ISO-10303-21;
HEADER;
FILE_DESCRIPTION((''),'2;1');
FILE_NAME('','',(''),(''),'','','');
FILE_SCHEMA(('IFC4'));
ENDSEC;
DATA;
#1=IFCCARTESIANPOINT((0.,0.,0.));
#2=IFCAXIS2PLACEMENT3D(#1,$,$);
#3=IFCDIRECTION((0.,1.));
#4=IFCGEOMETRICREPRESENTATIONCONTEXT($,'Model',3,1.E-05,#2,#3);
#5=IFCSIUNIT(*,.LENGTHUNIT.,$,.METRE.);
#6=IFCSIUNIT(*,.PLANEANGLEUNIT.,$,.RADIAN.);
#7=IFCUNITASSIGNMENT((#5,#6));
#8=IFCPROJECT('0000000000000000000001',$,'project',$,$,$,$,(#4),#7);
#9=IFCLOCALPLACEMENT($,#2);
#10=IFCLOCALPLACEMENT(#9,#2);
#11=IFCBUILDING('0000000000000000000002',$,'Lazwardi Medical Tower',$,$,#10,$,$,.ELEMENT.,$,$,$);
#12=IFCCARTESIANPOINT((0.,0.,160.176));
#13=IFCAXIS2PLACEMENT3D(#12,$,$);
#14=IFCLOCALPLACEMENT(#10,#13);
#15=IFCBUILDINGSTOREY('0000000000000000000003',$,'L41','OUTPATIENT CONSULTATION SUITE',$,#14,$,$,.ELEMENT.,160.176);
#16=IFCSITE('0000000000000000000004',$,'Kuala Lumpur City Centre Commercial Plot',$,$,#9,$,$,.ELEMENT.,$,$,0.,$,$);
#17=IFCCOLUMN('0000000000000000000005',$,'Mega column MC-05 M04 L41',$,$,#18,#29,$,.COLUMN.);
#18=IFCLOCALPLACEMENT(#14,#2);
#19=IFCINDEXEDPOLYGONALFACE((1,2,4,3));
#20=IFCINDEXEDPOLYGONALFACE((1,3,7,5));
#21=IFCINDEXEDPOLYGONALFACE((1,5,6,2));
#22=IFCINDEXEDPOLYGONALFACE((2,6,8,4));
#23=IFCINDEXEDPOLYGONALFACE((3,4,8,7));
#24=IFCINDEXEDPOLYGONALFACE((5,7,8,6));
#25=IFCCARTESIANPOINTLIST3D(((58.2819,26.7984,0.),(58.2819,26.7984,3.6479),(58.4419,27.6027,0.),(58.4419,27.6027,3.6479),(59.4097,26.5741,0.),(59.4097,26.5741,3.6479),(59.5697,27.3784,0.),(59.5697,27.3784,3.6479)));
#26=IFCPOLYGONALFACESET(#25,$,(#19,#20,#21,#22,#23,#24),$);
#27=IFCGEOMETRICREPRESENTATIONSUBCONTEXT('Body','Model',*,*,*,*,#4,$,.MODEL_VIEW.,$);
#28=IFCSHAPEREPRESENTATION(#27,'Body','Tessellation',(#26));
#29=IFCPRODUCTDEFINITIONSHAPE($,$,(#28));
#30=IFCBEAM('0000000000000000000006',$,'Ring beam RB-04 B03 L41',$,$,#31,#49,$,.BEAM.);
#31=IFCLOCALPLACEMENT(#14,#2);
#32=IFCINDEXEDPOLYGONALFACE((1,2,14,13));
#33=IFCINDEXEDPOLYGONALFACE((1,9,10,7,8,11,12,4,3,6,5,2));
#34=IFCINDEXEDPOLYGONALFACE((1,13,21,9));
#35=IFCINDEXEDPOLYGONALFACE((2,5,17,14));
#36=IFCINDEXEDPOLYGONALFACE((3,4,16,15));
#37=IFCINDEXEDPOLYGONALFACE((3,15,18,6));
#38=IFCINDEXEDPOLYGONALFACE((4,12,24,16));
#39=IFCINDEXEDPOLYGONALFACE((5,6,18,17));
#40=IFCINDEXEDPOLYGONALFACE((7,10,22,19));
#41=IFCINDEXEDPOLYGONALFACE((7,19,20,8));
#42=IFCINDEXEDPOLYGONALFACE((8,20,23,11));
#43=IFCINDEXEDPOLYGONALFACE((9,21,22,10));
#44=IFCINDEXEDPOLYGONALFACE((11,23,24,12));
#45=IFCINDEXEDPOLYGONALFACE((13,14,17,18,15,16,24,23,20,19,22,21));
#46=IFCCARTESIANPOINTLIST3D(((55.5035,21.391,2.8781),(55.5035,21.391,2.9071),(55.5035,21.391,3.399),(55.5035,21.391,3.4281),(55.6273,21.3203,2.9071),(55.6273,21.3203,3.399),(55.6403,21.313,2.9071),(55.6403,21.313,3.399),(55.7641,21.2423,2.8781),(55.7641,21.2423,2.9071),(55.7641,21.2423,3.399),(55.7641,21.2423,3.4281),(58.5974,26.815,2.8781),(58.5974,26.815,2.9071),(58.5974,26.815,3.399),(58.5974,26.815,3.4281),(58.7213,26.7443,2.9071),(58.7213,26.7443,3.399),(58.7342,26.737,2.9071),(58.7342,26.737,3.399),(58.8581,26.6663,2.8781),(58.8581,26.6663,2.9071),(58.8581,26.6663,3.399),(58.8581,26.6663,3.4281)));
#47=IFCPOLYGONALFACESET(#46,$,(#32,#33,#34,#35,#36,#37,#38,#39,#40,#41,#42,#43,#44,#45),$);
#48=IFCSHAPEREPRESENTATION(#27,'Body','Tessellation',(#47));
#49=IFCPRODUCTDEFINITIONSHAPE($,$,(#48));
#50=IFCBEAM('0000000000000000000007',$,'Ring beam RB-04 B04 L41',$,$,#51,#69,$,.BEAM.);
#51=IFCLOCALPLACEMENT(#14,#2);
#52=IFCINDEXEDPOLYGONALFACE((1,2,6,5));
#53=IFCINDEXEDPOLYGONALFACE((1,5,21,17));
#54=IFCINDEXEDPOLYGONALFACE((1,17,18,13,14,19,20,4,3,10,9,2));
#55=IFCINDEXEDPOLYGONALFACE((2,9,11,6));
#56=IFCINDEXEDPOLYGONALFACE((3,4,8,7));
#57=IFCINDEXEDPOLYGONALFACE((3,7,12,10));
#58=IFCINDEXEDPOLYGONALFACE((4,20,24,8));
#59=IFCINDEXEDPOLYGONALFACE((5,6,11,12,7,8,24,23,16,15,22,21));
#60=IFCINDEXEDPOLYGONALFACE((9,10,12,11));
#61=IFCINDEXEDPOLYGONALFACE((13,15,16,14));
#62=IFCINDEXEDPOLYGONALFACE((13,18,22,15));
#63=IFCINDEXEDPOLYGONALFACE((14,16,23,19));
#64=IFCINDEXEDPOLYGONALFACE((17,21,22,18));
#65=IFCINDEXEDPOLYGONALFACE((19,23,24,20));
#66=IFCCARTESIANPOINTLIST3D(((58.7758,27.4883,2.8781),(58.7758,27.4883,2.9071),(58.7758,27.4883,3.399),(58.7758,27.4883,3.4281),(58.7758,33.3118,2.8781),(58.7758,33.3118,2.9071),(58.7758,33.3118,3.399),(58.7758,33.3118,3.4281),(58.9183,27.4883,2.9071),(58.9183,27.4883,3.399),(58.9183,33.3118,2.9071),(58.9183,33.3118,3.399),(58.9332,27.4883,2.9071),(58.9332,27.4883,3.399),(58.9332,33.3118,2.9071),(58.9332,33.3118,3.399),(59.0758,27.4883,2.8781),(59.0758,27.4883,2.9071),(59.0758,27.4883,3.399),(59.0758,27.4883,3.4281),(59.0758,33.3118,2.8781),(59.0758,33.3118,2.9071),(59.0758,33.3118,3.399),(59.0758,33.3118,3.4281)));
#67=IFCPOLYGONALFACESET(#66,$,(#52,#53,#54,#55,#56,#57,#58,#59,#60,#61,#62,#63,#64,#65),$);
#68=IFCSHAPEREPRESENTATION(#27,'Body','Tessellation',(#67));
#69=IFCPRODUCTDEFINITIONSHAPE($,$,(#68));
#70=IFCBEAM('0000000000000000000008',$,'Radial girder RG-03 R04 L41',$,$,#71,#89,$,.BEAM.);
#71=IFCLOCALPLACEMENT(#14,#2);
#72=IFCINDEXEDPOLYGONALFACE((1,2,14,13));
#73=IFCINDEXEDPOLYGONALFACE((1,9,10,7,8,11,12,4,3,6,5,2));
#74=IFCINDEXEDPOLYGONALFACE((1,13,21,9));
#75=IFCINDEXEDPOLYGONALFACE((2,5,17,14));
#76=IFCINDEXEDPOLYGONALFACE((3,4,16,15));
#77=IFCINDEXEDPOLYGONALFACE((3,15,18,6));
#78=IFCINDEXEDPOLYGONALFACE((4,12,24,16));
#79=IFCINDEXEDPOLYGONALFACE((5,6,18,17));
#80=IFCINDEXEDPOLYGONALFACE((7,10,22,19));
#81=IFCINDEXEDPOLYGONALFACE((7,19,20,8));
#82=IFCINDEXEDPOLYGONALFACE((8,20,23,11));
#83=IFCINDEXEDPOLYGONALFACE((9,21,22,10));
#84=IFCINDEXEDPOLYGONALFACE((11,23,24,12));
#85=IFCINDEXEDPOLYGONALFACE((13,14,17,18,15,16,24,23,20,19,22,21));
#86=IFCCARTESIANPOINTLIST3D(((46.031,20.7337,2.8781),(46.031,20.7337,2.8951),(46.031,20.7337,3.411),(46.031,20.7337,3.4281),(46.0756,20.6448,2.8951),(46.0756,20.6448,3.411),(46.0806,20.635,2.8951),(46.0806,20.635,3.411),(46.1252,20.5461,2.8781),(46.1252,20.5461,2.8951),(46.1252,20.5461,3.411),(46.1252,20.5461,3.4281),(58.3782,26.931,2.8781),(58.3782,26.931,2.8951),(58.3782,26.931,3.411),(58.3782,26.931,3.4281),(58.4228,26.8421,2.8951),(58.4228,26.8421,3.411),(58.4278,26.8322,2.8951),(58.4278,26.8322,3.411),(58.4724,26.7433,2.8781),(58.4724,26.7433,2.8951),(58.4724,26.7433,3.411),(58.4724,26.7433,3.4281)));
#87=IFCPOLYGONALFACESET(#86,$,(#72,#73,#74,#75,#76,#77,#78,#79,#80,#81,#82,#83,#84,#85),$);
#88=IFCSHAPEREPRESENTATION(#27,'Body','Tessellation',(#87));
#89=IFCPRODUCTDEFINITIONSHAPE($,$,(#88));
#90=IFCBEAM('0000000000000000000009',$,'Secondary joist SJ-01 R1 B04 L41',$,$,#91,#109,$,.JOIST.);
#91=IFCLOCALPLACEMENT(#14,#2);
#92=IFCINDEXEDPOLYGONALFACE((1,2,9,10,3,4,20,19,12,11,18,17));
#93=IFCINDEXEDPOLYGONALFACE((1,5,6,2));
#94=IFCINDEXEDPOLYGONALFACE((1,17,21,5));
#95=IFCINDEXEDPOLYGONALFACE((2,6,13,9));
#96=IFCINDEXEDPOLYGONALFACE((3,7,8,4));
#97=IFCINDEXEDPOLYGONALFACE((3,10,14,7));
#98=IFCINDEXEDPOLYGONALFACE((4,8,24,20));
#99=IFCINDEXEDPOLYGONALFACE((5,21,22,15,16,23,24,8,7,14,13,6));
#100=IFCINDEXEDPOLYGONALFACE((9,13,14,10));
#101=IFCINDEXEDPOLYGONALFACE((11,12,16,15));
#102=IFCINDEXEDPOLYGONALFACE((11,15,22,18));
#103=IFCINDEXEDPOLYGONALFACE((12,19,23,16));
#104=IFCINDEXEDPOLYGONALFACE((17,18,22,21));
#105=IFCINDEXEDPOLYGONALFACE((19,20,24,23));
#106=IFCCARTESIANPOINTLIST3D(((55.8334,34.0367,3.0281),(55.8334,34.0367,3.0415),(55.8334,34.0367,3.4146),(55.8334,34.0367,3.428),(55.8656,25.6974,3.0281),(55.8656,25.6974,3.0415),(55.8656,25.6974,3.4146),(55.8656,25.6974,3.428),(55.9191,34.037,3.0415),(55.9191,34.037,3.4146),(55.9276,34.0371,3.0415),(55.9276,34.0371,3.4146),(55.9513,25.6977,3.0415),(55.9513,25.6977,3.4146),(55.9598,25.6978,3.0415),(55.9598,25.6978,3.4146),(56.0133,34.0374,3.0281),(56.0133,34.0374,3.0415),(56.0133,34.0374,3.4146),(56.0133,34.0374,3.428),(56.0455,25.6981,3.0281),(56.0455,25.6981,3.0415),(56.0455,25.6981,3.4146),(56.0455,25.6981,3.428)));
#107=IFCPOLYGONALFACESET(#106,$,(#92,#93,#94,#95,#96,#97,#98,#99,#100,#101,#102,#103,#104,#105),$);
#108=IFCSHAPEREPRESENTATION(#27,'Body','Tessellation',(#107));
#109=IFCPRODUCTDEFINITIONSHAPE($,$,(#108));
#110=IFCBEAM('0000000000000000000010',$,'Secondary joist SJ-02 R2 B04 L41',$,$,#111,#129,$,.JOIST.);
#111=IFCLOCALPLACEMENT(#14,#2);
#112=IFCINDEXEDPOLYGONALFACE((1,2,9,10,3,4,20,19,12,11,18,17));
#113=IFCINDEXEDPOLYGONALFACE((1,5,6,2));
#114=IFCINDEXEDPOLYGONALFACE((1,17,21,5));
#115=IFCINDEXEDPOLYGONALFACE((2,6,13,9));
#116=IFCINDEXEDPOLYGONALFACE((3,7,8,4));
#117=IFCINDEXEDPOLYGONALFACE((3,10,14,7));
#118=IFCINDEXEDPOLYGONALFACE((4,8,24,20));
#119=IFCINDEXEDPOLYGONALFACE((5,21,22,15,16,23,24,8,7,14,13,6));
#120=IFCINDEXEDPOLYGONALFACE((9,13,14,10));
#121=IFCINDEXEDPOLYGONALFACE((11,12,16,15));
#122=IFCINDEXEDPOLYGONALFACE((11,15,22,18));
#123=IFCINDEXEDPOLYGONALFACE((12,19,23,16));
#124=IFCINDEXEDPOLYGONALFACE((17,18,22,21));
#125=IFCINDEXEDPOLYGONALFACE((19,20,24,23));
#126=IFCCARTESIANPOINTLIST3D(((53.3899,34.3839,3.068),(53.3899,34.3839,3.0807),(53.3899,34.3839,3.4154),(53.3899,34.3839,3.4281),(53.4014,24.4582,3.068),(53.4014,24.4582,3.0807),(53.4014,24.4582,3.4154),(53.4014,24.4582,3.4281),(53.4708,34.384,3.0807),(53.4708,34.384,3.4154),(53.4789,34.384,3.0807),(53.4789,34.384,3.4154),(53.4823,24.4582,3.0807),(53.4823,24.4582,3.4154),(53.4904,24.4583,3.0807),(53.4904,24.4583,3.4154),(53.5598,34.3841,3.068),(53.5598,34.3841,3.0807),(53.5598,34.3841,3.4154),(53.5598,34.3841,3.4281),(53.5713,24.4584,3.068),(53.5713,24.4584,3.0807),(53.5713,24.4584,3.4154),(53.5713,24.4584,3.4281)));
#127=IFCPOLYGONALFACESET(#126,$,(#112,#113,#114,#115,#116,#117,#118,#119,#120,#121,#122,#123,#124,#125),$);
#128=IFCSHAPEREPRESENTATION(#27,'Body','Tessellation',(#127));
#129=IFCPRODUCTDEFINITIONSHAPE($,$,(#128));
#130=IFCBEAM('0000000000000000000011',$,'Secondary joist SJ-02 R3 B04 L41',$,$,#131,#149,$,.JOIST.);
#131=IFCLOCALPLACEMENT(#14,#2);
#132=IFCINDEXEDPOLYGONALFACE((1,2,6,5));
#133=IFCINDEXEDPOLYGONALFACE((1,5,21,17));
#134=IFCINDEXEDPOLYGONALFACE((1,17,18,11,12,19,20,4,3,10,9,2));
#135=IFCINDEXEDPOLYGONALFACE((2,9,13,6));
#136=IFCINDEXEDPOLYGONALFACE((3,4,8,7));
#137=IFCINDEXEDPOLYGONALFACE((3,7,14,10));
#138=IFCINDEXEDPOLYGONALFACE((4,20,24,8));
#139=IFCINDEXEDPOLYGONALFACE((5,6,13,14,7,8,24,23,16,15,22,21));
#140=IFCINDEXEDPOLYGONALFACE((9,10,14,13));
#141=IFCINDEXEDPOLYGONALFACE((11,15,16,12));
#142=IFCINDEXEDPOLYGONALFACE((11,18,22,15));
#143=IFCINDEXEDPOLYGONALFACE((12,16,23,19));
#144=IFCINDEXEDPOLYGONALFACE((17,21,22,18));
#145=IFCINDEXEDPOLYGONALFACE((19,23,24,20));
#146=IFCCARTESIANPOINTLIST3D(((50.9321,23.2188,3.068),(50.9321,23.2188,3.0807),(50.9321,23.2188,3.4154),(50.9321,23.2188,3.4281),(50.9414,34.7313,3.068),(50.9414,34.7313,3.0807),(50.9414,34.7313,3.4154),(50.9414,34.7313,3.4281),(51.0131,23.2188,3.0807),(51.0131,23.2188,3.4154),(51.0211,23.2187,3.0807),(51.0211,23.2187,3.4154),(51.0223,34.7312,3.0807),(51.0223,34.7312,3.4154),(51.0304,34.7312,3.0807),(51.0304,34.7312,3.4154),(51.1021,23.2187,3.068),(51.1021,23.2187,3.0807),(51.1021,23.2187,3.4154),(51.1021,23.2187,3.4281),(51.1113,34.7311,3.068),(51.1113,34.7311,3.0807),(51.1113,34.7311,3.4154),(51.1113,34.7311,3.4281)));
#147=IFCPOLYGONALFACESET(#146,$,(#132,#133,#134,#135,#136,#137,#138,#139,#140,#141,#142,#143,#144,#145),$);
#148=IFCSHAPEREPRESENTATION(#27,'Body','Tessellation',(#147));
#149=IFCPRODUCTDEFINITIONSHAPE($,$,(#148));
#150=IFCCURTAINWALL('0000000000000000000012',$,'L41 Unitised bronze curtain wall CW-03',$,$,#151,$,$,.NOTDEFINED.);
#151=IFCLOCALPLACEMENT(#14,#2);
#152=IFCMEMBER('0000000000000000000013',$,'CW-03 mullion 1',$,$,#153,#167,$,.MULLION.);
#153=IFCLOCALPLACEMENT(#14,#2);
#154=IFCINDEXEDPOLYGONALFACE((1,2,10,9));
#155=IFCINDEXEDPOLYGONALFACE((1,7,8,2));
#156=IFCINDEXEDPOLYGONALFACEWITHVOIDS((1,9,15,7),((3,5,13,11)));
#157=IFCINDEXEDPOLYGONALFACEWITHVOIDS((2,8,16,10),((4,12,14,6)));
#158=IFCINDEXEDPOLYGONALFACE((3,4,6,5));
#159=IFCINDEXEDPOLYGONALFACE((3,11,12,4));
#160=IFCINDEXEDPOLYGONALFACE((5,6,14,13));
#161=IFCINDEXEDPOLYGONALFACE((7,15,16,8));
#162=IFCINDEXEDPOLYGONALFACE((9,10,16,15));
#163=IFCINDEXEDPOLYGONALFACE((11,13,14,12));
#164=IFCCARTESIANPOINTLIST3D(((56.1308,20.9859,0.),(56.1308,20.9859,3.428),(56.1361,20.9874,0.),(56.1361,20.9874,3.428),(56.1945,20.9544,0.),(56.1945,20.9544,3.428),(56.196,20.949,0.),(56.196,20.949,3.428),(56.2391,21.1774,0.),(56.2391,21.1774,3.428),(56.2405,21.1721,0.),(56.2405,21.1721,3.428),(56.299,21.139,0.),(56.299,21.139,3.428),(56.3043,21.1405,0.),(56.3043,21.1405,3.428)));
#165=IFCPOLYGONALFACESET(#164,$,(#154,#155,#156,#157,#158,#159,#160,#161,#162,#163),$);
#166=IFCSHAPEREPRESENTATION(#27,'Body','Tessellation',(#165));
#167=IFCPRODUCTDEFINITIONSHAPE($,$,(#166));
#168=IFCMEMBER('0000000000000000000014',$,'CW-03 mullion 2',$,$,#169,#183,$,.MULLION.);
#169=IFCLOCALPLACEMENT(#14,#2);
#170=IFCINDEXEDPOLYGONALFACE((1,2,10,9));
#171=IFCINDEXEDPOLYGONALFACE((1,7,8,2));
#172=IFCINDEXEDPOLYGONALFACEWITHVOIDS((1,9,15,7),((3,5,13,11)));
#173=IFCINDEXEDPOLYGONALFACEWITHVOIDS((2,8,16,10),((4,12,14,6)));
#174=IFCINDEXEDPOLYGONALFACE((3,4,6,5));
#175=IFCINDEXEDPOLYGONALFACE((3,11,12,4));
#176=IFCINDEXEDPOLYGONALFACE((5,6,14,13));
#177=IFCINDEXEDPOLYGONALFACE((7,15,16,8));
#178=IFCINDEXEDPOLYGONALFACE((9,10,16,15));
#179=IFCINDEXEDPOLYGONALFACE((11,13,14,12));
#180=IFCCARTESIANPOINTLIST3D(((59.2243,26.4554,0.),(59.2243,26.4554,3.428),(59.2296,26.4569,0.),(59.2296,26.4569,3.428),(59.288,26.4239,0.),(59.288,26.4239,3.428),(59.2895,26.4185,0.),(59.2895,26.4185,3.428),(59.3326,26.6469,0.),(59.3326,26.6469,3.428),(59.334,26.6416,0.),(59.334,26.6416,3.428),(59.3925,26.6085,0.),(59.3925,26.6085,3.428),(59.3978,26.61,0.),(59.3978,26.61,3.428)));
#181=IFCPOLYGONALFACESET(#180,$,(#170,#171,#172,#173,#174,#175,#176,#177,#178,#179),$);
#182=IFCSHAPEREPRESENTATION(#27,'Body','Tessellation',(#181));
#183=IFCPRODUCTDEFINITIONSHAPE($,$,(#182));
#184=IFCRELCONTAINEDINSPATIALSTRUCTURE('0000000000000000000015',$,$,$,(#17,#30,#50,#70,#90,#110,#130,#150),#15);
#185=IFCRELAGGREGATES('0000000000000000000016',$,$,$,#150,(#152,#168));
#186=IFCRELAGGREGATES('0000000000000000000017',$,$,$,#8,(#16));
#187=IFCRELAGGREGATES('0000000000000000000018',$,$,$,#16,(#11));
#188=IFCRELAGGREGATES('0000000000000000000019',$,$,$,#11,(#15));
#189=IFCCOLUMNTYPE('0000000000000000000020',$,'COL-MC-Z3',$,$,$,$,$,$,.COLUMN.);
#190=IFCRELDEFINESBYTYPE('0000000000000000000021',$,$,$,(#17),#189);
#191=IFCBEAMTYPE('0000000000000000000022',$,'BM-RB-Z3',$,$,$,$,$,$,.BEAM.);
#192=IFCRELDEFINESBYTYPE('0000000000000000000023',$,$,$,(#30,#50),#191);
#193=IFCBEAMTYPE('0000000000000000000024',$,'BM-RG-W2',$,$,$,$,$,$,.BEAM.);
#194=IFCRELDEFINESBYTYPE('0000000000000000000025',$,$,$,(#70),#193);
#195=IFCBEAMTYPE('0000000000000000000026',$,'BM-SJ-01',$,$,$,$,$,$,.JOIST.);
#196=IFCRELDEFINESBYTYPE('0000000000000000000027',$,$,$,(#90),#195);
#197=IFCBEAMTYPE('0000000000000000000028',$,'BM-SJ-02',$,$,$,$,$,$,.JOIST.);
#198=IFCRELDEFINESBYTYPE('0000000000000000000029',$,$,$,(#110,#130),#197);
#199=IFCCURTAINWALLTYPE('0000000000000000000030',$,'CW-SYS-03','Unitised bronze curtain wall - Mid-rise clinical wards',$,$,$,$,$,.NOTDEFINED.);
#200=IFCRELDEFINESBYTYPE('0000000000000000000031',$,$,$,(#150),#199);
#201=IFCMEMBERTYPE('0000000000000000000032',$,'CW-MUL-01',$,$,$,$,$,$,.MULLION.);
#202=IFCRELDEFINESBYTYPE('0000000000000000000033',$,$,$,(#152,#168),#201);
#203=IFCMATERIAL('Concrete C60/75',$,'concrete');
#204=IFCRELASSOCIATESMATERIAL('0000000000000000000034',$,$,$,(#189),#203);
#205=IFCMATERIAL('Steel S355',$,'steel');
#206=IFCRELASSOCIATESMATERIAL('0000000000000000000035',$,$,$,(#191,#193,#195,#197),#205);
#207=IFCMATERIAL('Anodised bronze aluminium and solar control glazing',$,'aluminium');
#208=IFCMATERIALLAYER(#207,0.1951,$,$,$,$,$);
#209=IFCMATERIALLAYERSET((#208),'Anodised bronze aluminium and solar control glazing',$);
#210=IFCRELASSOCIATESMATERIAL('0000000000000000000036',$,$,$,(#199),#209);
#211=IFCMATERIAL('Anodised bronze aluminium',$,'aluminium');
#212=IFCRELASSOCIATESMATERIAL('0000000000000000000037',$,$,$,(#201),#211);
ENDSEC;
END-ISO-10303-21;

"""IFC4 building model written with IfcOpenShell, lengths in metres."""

from ifc_helpers import new_model, si_unit, direction, frame, origin, origin_2d, place, context, subcontext, project, spatial, rectangle, hollow_rectangle, i_section, extrude, material, layer, layer_set, material_profile, profile_set, type_object, element, aggregate, save


model = new_model("IFC4")

# Units and contexts
model_context = context("Model", 3, precision=1e-05, world=origin(), true_north=direction((0.0, 1.0)))
body_context = subcontext(model_context, "Body", "Model", "MODEL_VIEW")
ifc_project = project(units=[si_unit("LENGTHUNIT", "METRE"), si_unit("PLANEANGLEUNIT", "RADIAN")], contexts=[model_context])

# Site, building, storey
site_placement = place(None, origin())
site = spatial("IfcSite", under=ifc_project, at=site_placement, Name="Kuala Lumpur City Centre Commercial Plot", CompositionType="ELEMENT", RefElevation=0.0)
building_placement = place(site_placement, origin())
building = spatial("IfcBuilding", under=site, at=building_placement, Name="Lazwardi Medical Tower", CompositionType="ELEMENT")
storey_placement = place(building_placement, frame((0.0, 0.0, 160.176)))
storey = spatial("IfcBuildingStorey", under=building, at=storey_placement, Name="L41", Description="OUTPATIENT CONSULTATION SUITE", CompositionType="ELEMENT", Elevation=160.176)

# Column
ifc_material_1 = material(Name="Concrete C60/75", Category="concrete")
ifc_material_profile_1 = material_profile(ifc_material_1, rectangle(XDim=1.1499, YDim=0.8201, at=origin_2d()), Name="CFT-RECT 1150x820")
ifc_profile_set_1 = profile_set([ifc_material_profile_1], Name="Concrete C60/75")
column_type = type_object("IfcColumnType", Name="COL-MC-Z3", PredefinedType="COLUMN", material=ifc_profile_set_1)
column_placement = place(storey_placement, frame((58.9258, 27.0884, 0.0), z_axis=(0.0, 0.0, 1.0), x_axis=(0.980785, -0.19509, 0.0)))
element("IfcColumn", 1, at=column_placement, inside=storey, type_object=column_type, Name="Mega column MC-05 M04 L41", PredefinedType="COLUMN", context=body_context, shape_type="SweptSolid", body=[
    extrude(rectangle(XDim=1.1499, YDim=0.8201, at=origin_2d()), origin(), (0.0, 0.0, 1.0), 3.6479),
])

# Beams
ifc_material_2 = material(Name="Steel S355", Category="steel")
ifc_material_profile_2 = material_profile(ifc_material_2, i_section(OverallWidth=0.3, OverallDepth=0.55, WebThickness=0.0149, FlangeThickness=0.0291, at=origin_2d()), Name="HEB 550")
ifc_profile_set_2 = profile_set([ifc_material_profile_2], Name="Steel S355")
beam_type_1 = type_object("IfcBeamType", Name="BM-RB-Z3", PredefinedType="BEAM", material=ifc_profile_set_2)
beam_1_placement = place(storey_placement, frame((55.6338, 21.3167, 3.1531), z_axis=(0.495478, 0.868621, 0.0), x_axis=(-0.868621, 0.495478, 0.0)))
element("IfcBeam", 2, at=beam_1_placement, inside=storey, type_object=beam_type_1, Name="Ring beam RB-04 B03 L41", PredefinedType="BEAM", context=body_context, shape_type="SweptSolid", body=[
    extrude(i_section(OverallWidth=0.3, OverallDepth=0.55, WebThickness=0.0149, FlangeThickness=0.0291, at=origin_2d()), origin(), (0.0, 0.0, 1.0), 6.2444),
])
beam_2_placement = place(storey_placement, frame((58.9258, 27.4883, 3.1531), z_axis=(0.0, 1.0, 0.0), x_axis=(-1.0, 0.0, 0.0)))
element("IfcBeam", 3, at=beam_2_placement, inside=storey, type_object=beam_type_1, Name="Ring beam RB-04 B04 L41", PredefinedType="BEAM", context=body_context, shape_type="SweptSolid", body=[
    extrude(i_section(OverallWidth=0.3, OverallDepth=0.55, WebThickness=0.0149, FlangeThickness=0.0291, at=origin_2d()), origin(), (0.0, 0.0, 1.0), 5.8235),
])
ifc_material_profile_3 = material_profile(ifc_material_2, i_section(OverallWidth=0.21, OverallDepth=0.55, WebThickness=0.011, FlangeThickness=0.0171, at=origin_2d()), Name="IPE 550")
ifc_profile_set_3 = profile_set([ifc_material_profile_3], Name="Steel S355")
beam_type_2 = type_object("IfcBeamType", Name="BM-RG-W2", PredefinedType="BEAM", material=ifc_profile_set_3)
beam_3_placement = place(storey_placement, frame((58.4253, 26.8372, 3.1531), z_axis=(-0.89374, -0.448584, 0.0), x_axis=(0.448584, -0.89374, 0.0)))
element("IfcBeam", 4, at=beam_3_placement, inside=storey, type_object=beam_type_2, Name="Radial girder RG-03 R04 L41", PredefinedType="BEAM", context=body_context, shape_type="SweptSolid", body=[
    extrude(i_section(OverallWidth=0.21, OverallDepth=0.55, WebThickness=0.011, FlangeThickness=0.0171, at=origin_2d()), origin(), (0.0, 0.0, 1.0), 13.8152),
])
ifc_material_profile_4 = material_profile(ifc_material_2, i_section(OverallWidth=0.1799, OverallDepth=0.3999, WebThickness=0.0085, FlangeThickness=0.0134, at=origin_2d()), Name="IPE 400")
ifc_profile_set_4 = profile_set([ifc_material_profile_4], Name="Steel S355")
beam_type_3 = type_object("IfcBeamType", Name="BM-SJ-01", PredefinedType="JOIST", material=ifc_profile_set_4)
beam_4_placement = place(storey_placement, frame((55.9556, 25.6978, 3.228), z_axis=(-0.003864, 0.999993, 0.0), x_axis=(-0.999993, -0.003864, 0.0)))
element("IfcBeam", 5, at=beam_4_placement, inside=storey, type_object=beam_type_3, Name="Secondary joist SJ-01 R1 B04 L41", PredefinedType="JOIST", context=body_context, shape_type="SweptSolid", body=[
    extrude(i_section(OverallWidth=0.1799, OverallDepth=0.3999, WebThickness=0.0085, FlangeThickness=0.0134, at=origin_2d()), origin(), (0.0, 0.0, 1.0), 8.3394),
])
ifc_material_profile_5 = material_profile(ifc_material_2, i_section(OverallWidth=0.1699, OverallDepth=0.3601, WebThickness=0.0081, FlangeThickness=0.0127, at=origin_2d()), Name="IPE 360")
ifc_profile_set_5 = profile_set([ifc_material_profile_5], Name="Steel S355")
beam_type_4 = type_object("IfcBeamType", Name="BM-SJ-02", PredefinedType="JOIST", material=ifc_profile_set_5)
beam_5_placement = place(storey_placement, frame((53.4863, 24.4583, 3.248), z_axis=(-0.001156, 0.999999, 0.0), x_axis=(-0.999999, -0.001156, 0.0)))
element("IfcBeam", 6, at=beam_5_placement, inside=storey, type_object=beam_type_4, Name="Secondary joist SJ-02 R2 B04 L41", PredefinedType="JOIST", context=body_context, shape_type="SweptSolid", body=[
    extrude(i_section(OverallWidth=0.1699, OverallDepth=0.3601, WebThickness=0.0081, FlangeThickness=0.0127, at=origin_2d()), origin(), (0.0, 0.0, 1.0), 9.9258),
])
beam_6_placement = place(storey_placement, frame((51.0171, 23.2188, 3.248), z_axis=(0.000806, 1.0, 0.0), x_axis=(-1.0, 0.000806, 0.0)))
element("IfcBeam", 7, at=beam_6_placement, inside=storey, type_object=beam_type_4, Name="Secondary joist SJ-02 R3 B04 L41", PredefinedType="JOIST", context=body_context, shape_type="SweptSolid", body=[
    extrude(i_section(OverallWidth=0.1699, OverallDepth=0.3601, WebThickness=0.0081, FlangeThickness=0.0127, at=origin_2d()), origin(), (0.0, 0.0, 1.0), 11.5125),
])

# Curtain wall, members
ifc_material_3 = material(Name="Anodised bronze aluminium and solar control glazing", Category="aluminium")
ifc_layer_1 = layer(ifc_material_3, 0.1951)
ifc_layer_set_1 = layer_set([ifc_layer_1], Name="Anodised bronze aluminium and solar control glazing")
curtain_wall_type = type_object("IfcCurtainWallType", Name="CW-SYS-03", Description="Unitised bronze curtain wall - Mid-rise clinical wards", PredefinedType="NOTDEFINED", material=ifc_layer_set_1)
curtain_wall_1_placement = place(storey_placement, origin())
curtain_wall_1 = element("IfcCurtainWall", 8, at=curtain_wall_1_placement, inside=storey, type_object=curtain_wall_type, Name="L41 Unitised bronze curtain wall CW-03", PredefinedType="NOTDEFINED")
ifc_material_4 = material(Name="Anodised bronze aluminium", Category="aluminium")
ifc_material_profile_6 = material_profile(ifc_material_4, hollow_rectangle(XDim=0.075, YDim=0.22, WallThickness=0.0039, at=origin_2d()), Name="ALU-MULLION 220x75x4")
ifc_profile_set_6 = profile_set([ifc_material_profile_6], Name="Anodised bronze aluminium")
member_type_1 = type_object("IfcMemberType", Name="CW-MUL-01", PredefinedType="MULLION", material=ifc_profile_set_6)
member_1_placement = place(storey_placement, frame((56.2175, 21.0632, 0.0), z_axis=(0.0, 0.0, 1.0), x_axis=(-0.870419, 0.492312, 0.0)))
member_1 = element("IfcMember", 9, at=member_1_placement, type_object=member_type_1, Name="CW-03 mullion 1", PredefinedType="MULLION", context=body_context, shape_type="SweptSolid", body=[
    extrude(hollow_rectangle(XDim=0.075, YDim=0.22, WallThickness=0.0039, at=origin_2d()), origin(), (0.0, 0.0, 1.0), 3.428),
])
member_2_placement = place(storey_placement, frame((59.311, 26.5327, 0.0), z_axis=(0.0, 0.0, 1.0), x_axis=(-0.870419, 0.492312, 0.0)))
member_2 = element("IfcMember", 10, at=member_2_placement, type_object=member_type_1, Name="CW-03 mullion 2", PredefinedType="MULLION", context=body_context, shape_type="SweptSolid", body=[
    extrude(hollow_rectangle(XDim=0.075, YDim=0.22, WallThickness=0.0039, at=origin_2d()), origin(), (0.0, 0.0, 1.0), 3.428),
])

aggregate(curtain_wall_1, [member_1, member_2])

save(model, "model.ifc")
